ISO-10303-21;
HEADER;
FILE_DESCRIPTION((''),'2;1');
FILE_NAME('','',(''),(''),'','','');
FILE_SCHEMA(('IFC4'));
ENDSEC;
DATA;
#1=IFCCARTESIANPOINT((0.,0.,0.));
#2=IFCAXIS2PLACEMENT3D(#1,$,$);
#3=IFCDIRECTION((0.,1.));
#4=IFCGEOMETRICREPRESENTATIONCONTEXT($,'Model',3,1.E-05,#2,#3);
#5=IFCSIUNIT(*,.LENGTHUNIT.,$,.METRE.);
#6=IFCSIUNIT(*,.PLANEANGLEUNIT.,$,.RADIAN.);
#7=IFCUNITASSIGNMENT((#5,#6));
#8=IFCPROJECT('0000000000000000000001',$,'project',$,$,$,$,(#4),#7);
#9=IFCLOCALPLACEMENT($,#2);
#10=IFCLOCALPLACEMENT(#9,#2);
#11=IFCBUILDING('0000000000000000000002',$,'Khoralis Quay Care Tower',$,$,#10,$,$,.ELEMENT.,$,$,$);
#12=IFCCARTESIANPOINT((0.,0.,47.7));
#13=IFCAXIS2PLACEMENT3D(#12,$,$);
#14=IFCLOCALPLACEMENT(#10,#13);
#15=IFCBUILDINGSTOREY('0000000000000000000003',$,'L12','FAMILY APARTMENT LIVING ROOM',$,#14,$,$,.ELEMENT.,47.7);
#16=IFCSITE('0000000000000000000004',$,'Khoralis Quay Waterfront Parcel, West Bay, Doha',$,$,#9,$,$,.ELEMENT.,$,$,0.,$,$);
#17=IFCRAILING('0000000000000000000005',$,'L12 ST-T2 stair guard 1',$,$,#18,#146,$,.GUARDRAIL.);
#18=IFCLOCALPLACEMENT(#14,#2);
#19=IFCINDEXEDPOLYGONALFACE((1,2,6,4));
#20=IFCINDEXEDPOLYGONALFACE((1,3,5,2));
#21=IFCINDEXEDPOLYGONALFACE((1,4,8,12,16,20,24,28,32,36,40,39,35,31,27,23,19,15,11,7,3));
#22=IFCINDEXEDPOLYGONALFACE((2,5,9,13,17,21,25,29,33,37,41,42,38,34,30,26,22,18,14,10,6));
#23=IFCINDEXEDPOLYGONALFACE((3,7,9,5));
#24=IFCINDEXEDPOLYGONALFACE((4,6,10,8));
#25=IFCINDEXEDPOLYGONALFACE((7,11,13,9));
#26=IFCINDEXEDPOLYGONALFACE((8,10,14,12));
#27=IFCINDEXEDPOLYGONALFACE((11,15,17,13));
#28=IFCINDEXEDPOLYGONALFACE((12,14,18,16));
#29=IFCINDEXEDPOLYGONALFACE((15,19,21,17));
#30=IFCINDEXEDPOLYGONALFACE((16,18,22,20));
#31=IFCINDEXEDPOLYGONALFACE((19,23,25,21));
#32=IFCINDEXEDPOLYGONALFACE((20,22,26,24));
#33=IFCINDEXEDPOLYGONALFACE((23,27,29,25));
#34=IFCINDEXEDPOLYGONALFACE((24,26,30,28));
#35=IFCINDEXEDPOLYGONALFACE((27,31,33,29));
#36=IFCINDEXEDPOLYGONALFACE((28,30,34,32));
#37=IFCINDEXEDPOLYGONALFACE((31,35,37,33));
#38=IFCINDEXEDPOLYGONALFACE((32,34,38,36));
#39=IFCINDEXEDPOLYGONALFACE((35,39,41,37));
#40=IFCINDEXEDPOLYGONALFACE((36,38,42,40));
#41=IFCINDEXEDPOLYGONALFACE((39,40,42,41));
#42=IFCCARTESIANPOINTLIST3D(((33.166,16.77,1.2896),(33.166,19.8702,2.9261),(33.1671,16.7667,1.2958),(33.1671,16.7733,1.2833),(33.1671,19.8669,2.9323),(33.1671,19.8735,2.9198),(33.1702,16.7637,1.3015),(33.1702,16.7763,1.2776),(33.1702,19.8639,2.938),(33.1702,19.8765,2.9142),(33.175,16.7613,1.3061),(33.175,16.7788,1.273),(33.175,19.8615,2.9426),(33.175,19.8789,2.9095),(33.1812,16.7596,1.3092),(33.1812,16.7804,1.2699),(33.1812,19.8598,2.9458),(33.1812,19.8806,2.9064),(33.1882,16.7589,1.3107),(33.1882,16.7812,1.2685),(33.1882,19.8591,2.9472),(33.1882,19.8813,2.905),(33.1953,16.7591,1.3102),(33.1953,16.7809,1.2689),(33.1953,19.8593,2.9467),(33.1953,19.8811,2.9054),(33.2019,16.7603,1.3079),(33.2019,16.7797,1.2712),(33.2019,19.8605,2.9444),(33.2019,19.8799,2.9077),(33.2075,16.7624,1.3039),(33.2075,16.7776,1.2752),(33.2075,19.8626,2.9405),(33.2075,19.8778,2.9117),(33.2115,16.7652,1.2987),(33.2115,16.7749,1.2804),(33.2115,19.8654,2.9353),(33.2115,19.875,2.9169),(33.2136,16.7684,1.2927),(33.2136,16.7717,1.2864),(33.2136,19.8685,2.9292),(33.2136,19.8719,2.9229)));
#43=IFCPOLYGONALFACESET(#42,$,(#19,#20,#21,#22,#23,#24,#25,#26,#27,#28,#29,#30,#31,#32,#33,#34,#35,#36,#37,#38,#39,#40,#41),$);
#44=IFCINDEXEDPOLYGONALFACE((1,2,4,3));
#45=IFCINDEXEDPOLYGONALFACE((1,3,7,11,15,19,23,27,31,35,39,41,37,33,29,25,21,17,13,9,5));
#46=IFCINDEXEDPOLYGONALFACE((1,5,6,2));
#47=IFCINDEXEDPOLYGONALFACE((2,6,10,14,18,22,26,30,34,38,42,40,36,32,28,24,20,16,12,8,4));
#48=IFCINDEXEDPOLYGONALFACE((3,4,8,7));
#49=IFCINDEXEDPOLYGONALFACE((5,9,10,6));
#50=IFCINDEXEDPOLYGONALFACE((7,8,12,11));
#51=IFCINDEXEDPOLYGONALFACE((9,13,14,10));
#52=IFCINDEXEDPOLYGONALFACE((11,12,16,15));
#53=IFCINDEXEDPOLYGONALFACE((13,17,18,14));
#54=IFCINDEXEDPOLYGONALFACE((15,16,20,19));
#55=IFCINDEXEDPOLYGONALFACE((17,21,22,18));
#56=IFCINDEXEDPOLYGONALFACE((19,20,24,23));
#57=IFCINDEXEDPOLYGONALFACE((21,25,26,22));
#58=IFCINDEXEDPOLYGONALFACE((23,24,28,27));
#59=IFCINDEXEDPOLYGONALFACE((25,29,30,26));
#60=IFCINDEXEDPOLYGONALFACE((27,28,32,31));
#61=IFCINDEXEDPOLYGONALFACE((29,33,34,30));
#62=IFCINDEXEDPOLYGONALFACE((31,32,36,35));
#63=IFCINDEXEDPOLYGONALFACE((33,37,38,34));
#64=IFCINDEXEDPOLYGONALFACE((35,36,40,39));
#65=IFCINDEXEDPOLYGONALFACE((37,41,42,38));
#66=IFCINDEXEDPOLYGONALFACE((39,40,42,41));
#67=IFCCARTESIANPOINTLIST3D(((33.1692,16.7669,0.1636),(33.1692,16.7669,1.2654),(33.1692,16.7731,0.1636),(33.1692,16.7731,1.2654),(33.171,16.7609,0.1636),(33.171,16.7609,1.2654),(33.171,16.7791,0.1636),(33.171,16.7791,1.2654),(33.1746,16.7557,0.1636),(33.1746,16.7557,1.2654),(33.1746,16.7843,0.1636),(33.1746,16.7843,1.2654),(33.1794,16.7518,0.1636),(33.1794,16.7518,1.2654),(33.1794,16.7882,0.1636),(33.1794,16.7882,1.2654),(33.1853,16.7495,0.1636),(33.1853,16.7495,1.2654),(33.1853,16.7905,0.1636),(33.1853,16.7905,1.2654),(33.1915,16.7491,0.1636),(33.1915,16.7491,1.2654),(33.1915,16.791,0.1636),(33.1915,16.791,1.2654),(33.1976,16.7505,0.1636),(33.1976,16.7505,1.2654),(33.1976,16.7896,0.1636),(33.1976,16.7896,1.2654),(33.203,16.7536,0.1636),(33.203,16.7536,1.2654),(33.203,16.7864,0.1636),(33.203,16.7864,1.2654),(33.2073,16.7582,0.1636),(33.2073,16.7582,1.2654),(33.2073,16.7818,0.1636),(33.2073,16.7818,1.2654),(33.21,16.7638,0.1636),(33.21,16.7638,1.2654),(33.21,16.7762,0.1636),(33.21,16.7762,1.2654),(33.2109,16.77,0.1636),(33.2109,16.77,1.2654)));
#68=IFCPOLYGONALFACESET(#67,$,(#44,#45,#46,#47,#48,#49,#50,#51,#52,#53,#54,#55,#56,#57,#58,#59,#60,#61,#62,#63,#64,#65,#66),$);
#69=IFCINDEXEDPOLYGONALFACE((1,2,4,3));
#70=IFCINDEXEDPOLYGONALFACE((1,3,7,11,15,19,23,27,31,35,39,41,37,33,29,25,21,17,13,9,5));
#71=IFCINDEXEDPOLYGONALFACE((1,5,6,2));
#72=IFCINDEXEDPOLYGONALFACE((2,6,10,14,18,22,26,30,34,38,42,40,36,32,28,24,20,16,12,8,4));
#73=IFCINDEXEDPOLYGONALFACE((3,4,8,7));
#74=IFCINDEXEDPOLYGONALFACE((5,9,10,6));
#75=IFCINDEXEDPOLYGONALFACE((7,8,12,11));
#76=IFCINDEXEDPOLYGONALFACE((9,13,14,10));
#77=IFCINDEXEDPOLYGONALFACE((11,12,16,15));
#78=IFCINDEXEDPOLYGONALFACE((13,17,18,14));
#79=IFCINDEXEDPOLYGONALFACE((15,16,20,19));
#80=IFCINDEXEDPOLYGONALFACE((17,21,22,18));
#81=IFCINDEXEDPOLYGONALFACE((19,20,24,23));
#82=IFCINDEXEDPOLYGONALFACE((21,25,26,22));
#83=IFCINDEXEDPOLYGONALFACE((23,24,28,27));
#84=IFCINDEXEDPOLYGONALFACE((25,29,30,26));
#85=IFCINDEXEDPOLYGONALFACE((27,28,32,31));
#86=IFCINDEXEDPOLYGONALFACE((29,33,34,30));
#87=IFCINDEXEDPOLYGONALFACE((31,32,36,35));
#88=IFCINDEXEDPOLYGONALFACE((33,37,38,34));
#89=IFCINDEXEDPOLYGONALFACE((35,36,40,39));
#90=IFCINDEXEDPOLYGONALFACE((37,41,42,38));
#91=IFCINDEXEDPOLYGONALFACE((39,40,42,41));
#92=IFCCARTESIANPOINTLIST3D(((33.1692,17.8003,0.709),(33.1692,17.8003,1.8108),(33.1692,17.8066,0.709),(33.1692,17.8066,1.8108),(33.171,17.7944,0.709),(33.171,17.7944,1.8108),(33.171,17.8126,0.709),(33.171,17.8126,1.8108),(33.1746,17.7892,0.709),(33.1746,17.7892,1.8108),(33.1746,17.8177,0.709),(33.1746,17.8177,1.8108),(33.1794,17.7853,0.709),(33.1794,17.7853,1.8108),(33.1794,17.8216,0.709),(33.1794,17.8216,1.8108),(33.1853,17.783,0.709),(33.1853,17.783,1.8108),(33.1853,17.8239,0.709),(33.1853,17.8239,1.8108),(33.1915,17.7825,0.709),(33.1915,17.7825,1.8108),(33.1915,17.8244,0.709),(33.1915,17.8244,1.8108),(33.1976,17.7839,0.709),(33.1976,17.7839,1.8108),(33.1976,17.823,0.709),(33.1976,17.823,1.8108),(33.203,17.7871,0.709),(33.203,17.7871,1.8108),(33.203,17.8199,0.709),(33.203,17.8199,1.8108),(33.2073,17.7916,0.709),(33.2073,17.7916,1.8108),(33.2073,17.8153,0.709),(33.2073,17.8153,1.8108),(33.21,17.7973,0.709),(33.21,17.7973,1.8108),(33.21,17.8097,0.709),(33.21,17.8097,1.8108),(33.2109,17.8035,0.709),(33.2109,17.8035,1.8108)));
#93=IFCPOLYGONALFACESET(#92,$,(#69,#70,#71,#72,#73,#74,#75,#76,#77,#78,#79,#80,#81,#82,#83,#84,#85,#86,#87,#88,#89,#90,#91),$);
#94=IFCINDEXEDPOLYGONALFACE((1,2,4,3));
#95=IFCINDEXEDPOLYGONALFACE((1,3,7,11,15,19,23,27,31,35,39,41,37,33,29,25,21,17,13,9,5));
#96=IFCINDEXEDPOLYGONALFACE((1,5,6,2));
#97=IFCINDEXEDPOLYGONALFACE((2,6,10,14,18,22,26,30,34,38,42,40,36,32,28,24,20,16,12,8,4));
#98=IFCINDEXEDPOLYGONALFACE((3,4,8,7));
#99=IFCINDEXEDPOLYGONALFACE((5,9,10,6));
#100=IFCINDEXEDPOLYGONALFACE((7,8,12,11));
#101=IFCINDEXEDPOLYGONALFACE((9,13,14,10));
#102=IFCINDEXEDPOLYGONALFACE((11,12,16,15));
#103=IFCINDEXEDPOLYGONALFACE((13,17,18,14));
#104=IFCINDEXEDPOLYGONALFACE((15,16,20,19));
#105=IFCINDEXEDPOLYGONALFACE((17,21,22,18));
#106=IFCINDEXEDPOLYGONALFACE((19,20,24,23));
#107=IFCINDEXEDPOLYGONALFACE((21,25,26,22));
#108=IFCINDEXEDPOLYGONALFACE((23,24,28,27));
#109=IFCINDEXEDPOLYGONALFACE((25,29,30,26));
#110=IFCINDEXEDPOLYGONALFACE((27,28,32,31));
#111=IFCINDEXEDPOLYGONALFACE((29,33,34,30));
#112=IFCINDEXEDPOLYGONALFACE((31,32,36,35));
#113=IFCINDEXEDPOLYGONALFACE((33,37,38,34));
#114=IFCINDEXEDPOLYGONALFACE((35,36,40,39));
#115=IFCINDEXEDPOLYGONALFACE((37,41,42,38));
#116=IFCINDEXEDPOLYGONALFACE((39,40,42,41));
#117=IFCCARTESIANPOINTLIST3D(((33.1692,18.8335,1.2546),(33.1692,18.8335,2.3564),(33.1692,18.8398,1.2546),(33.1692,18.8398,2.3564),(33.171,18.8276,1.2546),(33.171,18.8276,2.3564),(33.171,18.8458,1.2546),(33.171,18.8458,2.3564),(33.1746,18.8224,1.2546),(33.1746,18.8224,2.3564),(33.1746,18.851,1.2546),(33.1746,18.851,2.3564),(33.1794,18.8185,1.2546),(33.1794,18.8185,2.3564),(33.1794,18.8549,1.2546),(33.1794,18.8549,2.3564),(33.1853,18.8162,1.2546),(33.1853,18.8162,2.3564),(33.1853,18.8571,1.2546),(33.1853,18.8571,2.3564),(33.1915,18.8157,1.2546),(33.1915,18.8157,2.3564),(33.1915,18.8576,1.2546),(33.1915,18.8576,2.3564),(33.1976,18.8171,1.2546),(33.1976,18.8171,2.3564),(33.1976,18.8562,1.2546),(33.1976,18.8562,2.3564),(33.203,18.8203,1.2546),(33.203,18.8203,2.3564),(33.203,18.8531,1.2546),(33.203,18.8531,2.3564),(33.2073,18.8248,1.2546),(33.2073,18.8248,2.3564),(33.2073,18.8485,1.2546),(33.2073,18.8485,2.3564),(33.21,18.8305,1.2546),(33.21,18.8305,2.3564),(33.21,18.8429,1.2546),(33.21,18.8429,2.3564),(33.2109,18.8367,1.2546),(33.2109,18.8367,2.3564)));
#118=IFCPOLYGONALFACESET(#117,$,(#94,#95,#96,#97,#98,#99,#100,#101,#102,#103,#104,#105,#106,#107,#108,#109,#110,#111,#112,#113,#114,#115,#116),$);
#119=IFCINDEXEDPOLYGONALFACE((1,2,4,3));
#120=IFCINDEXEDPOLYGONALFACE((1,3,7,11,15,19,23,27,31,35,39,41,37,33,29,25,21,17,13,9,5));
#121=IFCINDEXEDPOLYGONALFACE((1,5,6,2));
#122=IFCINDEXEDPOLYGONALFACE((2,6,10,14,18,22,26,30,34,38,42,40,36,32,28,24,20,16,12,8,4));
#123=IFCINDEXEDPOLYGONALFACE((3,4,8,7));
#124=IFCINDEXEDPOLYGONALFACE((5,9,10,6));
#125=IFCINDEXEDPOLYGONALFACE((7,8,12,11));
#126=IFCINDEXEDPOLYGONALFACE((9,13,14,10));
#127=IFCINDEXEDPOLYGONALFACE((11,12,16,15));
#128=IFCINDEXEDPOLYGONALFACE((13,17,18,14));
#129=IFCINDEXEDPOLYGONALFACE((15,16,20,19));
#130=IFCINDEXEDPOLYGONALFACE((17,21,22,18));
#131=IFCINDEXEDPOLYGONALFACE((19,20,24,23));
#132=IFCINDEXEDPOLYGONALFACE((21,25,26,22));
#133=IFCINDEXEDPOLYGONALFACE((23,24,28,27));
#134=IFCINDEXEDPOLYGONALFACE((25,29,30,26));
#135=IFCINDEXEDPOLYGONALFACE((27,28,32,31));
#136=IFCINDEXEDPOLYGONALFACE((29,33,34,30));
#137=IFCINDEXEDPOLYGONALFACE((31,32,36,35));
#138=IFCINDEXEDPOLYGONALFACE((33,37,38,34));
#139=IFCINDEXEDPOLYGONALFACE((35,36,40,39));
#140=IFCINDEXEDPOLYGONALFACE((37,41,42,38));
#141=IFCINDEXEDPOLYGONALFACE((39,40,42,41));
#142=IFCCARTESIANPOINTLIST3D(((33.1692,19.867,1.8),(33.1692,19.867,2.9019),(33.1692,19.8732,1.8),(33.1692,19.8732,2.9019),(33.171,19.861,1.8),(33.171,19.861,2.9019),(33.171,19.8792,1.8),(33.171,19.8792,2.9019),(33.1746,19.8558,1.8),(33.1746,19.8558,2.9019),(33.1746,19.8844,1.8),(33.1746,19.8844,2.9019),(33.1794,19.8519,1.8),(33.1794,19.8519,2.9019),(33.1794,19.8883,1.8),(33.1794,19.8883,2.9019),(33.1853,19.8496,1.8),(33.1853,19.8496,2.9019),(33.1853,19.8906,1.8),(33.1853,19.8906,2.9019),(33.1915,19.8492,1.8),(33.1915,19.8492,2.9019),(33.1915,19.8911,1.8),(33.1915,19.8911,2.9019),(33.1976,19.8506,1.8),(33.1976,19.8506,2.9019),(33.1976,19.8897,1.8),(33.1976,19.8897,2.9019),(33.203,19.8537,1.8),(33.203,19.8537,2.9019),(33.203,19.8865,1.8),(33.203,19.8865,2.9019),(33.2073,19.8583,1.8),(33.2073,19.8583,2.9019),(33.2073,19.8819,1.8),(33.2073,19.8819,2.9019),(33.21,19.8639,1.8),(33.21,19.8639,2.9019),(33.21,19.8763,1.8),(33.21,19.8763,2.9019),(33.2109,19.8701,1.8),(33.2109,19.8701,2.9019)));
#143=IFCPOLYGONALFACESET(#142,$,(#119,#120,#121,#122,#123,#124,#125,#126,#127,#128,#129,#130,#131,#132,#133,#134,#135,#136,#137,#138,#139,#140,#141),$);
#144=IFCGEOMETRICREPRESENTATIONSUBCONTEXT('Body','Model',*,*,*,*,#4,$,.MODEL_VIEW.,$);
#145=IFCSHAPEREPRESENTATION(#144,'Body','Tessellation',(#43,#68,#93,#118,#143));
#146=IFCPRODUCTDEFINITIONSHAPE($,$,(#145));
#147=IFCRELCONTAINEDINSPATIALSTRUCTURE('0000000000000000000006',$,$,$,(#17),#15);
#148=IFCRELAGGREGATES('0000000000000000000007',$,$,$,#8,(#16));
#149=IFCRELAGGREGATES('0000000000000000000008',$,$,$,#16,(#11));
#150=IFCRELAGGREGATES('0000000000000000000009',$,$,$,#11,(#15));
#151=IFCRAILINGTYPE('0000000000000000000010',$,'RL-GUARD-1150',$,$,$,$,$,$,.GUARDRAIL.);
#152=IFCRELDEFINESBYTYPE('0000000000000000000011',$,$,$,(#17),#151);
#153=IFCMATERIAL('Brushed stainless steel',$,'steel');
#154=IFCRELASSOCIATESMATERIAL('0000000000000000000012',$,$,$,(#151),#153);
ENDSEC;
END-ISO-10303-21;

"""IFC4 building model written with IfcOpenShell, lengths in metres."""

from ifc_helpers import new_model, si_unit, direction, frame, origin, origin_2d, place, context, subcontext, project, spatial, circle, extrude, material, type_object, element, save


model = new_model("IFC4")

# Units and contexts
model_context = context("Model", 3, precision=1e-05, world=origin(), true_north=direction((0.0, 1.0)))
body_context = subcontext(model_context, "Body", "Model", "MODEL_VIEW")
ifc_project = project(units=[si_unit("LENGTHUNIT", "METRE"), si_unit("PLANEANGLEUNIT", "RADIAN")], contexts=[model_context])

# Site, building, storey
site_placement = place(None, origin())
site = spatial("IfcSite", under=ifc_project, at=site_placement, Name="Khoralis Quay Waterfront Parcel, West Bay, Doha", CompositionType="ELEMENT", RefElevation=0.0)
building_placement = place(site_placement, origin())
building = spatial("IfcBuilding", under=site, at=building_placement, Name="Khoralis Quay Care Tower", CompositionType="ELEMENT")
storey_placement = place(building_placement, frame((0.0, 0.0, 47.7)))
storey = spatial("IfcBuildingStorey", under=building, at=storey_placement, Name="L12", Description="FAMILY APARTMENT LIVING ROOM", CompositionType="ELEMENT", Elevation=47.7)

# Shared definitions
ifc_material_1 = material(Name="Brushed stainless steel", Category="steel")

# Railing
railing_type_1 = type_object("IfcRailingType", Name="RL-GUARD-1150", PredefinedType="GUARDRAIL", material=ifc_material_1)
railing_1_placement = place(storey_placement, frame((33.1899, 16.77, 0.1636)))
element("IfcRailing", 1, at=railing_1_placement, inside=storey, type_object=railing_type_1, Name="L12 ST-T2 stair guard 1", PredefinedType="GUARDRAIL", context=body_context, shape_type="SweptSolid", body=[
    extrude(circle(Radius=0.0239, at=origin_2d()), frame((0.0, 0.0, 1.126), z_axis=(0.0, 0.884348, 0.466828), x_axis=(-1.0, 0.0, 0.0)), (0.0, 0.0, 1.0), 3.5056),
    extrude(circle(Radius=0.021, at=origin_2d()), origin(), (0.0, 0.0, 1.0), 1.1018),
    extrude(circle(Radius=0.021, at=origin_2d()), frame((0.0, 1.0334, 0.5454)), (0.0, 0.0, 1.0), 1.1018),
    extrude(circle(Radius=0.021, at=origin_2d()), frame((0.0, 2.0667, 1.0911)), (0.0, 0.0, 1.0), 1.1018),
    extrude(circle(Radius=0.021, at=origin_2d()), frame((0.0, 3.1001, 1.6365)), (0.0, 0.0, 1.0), 1.1018),
])

save(model, "model.ifc")
